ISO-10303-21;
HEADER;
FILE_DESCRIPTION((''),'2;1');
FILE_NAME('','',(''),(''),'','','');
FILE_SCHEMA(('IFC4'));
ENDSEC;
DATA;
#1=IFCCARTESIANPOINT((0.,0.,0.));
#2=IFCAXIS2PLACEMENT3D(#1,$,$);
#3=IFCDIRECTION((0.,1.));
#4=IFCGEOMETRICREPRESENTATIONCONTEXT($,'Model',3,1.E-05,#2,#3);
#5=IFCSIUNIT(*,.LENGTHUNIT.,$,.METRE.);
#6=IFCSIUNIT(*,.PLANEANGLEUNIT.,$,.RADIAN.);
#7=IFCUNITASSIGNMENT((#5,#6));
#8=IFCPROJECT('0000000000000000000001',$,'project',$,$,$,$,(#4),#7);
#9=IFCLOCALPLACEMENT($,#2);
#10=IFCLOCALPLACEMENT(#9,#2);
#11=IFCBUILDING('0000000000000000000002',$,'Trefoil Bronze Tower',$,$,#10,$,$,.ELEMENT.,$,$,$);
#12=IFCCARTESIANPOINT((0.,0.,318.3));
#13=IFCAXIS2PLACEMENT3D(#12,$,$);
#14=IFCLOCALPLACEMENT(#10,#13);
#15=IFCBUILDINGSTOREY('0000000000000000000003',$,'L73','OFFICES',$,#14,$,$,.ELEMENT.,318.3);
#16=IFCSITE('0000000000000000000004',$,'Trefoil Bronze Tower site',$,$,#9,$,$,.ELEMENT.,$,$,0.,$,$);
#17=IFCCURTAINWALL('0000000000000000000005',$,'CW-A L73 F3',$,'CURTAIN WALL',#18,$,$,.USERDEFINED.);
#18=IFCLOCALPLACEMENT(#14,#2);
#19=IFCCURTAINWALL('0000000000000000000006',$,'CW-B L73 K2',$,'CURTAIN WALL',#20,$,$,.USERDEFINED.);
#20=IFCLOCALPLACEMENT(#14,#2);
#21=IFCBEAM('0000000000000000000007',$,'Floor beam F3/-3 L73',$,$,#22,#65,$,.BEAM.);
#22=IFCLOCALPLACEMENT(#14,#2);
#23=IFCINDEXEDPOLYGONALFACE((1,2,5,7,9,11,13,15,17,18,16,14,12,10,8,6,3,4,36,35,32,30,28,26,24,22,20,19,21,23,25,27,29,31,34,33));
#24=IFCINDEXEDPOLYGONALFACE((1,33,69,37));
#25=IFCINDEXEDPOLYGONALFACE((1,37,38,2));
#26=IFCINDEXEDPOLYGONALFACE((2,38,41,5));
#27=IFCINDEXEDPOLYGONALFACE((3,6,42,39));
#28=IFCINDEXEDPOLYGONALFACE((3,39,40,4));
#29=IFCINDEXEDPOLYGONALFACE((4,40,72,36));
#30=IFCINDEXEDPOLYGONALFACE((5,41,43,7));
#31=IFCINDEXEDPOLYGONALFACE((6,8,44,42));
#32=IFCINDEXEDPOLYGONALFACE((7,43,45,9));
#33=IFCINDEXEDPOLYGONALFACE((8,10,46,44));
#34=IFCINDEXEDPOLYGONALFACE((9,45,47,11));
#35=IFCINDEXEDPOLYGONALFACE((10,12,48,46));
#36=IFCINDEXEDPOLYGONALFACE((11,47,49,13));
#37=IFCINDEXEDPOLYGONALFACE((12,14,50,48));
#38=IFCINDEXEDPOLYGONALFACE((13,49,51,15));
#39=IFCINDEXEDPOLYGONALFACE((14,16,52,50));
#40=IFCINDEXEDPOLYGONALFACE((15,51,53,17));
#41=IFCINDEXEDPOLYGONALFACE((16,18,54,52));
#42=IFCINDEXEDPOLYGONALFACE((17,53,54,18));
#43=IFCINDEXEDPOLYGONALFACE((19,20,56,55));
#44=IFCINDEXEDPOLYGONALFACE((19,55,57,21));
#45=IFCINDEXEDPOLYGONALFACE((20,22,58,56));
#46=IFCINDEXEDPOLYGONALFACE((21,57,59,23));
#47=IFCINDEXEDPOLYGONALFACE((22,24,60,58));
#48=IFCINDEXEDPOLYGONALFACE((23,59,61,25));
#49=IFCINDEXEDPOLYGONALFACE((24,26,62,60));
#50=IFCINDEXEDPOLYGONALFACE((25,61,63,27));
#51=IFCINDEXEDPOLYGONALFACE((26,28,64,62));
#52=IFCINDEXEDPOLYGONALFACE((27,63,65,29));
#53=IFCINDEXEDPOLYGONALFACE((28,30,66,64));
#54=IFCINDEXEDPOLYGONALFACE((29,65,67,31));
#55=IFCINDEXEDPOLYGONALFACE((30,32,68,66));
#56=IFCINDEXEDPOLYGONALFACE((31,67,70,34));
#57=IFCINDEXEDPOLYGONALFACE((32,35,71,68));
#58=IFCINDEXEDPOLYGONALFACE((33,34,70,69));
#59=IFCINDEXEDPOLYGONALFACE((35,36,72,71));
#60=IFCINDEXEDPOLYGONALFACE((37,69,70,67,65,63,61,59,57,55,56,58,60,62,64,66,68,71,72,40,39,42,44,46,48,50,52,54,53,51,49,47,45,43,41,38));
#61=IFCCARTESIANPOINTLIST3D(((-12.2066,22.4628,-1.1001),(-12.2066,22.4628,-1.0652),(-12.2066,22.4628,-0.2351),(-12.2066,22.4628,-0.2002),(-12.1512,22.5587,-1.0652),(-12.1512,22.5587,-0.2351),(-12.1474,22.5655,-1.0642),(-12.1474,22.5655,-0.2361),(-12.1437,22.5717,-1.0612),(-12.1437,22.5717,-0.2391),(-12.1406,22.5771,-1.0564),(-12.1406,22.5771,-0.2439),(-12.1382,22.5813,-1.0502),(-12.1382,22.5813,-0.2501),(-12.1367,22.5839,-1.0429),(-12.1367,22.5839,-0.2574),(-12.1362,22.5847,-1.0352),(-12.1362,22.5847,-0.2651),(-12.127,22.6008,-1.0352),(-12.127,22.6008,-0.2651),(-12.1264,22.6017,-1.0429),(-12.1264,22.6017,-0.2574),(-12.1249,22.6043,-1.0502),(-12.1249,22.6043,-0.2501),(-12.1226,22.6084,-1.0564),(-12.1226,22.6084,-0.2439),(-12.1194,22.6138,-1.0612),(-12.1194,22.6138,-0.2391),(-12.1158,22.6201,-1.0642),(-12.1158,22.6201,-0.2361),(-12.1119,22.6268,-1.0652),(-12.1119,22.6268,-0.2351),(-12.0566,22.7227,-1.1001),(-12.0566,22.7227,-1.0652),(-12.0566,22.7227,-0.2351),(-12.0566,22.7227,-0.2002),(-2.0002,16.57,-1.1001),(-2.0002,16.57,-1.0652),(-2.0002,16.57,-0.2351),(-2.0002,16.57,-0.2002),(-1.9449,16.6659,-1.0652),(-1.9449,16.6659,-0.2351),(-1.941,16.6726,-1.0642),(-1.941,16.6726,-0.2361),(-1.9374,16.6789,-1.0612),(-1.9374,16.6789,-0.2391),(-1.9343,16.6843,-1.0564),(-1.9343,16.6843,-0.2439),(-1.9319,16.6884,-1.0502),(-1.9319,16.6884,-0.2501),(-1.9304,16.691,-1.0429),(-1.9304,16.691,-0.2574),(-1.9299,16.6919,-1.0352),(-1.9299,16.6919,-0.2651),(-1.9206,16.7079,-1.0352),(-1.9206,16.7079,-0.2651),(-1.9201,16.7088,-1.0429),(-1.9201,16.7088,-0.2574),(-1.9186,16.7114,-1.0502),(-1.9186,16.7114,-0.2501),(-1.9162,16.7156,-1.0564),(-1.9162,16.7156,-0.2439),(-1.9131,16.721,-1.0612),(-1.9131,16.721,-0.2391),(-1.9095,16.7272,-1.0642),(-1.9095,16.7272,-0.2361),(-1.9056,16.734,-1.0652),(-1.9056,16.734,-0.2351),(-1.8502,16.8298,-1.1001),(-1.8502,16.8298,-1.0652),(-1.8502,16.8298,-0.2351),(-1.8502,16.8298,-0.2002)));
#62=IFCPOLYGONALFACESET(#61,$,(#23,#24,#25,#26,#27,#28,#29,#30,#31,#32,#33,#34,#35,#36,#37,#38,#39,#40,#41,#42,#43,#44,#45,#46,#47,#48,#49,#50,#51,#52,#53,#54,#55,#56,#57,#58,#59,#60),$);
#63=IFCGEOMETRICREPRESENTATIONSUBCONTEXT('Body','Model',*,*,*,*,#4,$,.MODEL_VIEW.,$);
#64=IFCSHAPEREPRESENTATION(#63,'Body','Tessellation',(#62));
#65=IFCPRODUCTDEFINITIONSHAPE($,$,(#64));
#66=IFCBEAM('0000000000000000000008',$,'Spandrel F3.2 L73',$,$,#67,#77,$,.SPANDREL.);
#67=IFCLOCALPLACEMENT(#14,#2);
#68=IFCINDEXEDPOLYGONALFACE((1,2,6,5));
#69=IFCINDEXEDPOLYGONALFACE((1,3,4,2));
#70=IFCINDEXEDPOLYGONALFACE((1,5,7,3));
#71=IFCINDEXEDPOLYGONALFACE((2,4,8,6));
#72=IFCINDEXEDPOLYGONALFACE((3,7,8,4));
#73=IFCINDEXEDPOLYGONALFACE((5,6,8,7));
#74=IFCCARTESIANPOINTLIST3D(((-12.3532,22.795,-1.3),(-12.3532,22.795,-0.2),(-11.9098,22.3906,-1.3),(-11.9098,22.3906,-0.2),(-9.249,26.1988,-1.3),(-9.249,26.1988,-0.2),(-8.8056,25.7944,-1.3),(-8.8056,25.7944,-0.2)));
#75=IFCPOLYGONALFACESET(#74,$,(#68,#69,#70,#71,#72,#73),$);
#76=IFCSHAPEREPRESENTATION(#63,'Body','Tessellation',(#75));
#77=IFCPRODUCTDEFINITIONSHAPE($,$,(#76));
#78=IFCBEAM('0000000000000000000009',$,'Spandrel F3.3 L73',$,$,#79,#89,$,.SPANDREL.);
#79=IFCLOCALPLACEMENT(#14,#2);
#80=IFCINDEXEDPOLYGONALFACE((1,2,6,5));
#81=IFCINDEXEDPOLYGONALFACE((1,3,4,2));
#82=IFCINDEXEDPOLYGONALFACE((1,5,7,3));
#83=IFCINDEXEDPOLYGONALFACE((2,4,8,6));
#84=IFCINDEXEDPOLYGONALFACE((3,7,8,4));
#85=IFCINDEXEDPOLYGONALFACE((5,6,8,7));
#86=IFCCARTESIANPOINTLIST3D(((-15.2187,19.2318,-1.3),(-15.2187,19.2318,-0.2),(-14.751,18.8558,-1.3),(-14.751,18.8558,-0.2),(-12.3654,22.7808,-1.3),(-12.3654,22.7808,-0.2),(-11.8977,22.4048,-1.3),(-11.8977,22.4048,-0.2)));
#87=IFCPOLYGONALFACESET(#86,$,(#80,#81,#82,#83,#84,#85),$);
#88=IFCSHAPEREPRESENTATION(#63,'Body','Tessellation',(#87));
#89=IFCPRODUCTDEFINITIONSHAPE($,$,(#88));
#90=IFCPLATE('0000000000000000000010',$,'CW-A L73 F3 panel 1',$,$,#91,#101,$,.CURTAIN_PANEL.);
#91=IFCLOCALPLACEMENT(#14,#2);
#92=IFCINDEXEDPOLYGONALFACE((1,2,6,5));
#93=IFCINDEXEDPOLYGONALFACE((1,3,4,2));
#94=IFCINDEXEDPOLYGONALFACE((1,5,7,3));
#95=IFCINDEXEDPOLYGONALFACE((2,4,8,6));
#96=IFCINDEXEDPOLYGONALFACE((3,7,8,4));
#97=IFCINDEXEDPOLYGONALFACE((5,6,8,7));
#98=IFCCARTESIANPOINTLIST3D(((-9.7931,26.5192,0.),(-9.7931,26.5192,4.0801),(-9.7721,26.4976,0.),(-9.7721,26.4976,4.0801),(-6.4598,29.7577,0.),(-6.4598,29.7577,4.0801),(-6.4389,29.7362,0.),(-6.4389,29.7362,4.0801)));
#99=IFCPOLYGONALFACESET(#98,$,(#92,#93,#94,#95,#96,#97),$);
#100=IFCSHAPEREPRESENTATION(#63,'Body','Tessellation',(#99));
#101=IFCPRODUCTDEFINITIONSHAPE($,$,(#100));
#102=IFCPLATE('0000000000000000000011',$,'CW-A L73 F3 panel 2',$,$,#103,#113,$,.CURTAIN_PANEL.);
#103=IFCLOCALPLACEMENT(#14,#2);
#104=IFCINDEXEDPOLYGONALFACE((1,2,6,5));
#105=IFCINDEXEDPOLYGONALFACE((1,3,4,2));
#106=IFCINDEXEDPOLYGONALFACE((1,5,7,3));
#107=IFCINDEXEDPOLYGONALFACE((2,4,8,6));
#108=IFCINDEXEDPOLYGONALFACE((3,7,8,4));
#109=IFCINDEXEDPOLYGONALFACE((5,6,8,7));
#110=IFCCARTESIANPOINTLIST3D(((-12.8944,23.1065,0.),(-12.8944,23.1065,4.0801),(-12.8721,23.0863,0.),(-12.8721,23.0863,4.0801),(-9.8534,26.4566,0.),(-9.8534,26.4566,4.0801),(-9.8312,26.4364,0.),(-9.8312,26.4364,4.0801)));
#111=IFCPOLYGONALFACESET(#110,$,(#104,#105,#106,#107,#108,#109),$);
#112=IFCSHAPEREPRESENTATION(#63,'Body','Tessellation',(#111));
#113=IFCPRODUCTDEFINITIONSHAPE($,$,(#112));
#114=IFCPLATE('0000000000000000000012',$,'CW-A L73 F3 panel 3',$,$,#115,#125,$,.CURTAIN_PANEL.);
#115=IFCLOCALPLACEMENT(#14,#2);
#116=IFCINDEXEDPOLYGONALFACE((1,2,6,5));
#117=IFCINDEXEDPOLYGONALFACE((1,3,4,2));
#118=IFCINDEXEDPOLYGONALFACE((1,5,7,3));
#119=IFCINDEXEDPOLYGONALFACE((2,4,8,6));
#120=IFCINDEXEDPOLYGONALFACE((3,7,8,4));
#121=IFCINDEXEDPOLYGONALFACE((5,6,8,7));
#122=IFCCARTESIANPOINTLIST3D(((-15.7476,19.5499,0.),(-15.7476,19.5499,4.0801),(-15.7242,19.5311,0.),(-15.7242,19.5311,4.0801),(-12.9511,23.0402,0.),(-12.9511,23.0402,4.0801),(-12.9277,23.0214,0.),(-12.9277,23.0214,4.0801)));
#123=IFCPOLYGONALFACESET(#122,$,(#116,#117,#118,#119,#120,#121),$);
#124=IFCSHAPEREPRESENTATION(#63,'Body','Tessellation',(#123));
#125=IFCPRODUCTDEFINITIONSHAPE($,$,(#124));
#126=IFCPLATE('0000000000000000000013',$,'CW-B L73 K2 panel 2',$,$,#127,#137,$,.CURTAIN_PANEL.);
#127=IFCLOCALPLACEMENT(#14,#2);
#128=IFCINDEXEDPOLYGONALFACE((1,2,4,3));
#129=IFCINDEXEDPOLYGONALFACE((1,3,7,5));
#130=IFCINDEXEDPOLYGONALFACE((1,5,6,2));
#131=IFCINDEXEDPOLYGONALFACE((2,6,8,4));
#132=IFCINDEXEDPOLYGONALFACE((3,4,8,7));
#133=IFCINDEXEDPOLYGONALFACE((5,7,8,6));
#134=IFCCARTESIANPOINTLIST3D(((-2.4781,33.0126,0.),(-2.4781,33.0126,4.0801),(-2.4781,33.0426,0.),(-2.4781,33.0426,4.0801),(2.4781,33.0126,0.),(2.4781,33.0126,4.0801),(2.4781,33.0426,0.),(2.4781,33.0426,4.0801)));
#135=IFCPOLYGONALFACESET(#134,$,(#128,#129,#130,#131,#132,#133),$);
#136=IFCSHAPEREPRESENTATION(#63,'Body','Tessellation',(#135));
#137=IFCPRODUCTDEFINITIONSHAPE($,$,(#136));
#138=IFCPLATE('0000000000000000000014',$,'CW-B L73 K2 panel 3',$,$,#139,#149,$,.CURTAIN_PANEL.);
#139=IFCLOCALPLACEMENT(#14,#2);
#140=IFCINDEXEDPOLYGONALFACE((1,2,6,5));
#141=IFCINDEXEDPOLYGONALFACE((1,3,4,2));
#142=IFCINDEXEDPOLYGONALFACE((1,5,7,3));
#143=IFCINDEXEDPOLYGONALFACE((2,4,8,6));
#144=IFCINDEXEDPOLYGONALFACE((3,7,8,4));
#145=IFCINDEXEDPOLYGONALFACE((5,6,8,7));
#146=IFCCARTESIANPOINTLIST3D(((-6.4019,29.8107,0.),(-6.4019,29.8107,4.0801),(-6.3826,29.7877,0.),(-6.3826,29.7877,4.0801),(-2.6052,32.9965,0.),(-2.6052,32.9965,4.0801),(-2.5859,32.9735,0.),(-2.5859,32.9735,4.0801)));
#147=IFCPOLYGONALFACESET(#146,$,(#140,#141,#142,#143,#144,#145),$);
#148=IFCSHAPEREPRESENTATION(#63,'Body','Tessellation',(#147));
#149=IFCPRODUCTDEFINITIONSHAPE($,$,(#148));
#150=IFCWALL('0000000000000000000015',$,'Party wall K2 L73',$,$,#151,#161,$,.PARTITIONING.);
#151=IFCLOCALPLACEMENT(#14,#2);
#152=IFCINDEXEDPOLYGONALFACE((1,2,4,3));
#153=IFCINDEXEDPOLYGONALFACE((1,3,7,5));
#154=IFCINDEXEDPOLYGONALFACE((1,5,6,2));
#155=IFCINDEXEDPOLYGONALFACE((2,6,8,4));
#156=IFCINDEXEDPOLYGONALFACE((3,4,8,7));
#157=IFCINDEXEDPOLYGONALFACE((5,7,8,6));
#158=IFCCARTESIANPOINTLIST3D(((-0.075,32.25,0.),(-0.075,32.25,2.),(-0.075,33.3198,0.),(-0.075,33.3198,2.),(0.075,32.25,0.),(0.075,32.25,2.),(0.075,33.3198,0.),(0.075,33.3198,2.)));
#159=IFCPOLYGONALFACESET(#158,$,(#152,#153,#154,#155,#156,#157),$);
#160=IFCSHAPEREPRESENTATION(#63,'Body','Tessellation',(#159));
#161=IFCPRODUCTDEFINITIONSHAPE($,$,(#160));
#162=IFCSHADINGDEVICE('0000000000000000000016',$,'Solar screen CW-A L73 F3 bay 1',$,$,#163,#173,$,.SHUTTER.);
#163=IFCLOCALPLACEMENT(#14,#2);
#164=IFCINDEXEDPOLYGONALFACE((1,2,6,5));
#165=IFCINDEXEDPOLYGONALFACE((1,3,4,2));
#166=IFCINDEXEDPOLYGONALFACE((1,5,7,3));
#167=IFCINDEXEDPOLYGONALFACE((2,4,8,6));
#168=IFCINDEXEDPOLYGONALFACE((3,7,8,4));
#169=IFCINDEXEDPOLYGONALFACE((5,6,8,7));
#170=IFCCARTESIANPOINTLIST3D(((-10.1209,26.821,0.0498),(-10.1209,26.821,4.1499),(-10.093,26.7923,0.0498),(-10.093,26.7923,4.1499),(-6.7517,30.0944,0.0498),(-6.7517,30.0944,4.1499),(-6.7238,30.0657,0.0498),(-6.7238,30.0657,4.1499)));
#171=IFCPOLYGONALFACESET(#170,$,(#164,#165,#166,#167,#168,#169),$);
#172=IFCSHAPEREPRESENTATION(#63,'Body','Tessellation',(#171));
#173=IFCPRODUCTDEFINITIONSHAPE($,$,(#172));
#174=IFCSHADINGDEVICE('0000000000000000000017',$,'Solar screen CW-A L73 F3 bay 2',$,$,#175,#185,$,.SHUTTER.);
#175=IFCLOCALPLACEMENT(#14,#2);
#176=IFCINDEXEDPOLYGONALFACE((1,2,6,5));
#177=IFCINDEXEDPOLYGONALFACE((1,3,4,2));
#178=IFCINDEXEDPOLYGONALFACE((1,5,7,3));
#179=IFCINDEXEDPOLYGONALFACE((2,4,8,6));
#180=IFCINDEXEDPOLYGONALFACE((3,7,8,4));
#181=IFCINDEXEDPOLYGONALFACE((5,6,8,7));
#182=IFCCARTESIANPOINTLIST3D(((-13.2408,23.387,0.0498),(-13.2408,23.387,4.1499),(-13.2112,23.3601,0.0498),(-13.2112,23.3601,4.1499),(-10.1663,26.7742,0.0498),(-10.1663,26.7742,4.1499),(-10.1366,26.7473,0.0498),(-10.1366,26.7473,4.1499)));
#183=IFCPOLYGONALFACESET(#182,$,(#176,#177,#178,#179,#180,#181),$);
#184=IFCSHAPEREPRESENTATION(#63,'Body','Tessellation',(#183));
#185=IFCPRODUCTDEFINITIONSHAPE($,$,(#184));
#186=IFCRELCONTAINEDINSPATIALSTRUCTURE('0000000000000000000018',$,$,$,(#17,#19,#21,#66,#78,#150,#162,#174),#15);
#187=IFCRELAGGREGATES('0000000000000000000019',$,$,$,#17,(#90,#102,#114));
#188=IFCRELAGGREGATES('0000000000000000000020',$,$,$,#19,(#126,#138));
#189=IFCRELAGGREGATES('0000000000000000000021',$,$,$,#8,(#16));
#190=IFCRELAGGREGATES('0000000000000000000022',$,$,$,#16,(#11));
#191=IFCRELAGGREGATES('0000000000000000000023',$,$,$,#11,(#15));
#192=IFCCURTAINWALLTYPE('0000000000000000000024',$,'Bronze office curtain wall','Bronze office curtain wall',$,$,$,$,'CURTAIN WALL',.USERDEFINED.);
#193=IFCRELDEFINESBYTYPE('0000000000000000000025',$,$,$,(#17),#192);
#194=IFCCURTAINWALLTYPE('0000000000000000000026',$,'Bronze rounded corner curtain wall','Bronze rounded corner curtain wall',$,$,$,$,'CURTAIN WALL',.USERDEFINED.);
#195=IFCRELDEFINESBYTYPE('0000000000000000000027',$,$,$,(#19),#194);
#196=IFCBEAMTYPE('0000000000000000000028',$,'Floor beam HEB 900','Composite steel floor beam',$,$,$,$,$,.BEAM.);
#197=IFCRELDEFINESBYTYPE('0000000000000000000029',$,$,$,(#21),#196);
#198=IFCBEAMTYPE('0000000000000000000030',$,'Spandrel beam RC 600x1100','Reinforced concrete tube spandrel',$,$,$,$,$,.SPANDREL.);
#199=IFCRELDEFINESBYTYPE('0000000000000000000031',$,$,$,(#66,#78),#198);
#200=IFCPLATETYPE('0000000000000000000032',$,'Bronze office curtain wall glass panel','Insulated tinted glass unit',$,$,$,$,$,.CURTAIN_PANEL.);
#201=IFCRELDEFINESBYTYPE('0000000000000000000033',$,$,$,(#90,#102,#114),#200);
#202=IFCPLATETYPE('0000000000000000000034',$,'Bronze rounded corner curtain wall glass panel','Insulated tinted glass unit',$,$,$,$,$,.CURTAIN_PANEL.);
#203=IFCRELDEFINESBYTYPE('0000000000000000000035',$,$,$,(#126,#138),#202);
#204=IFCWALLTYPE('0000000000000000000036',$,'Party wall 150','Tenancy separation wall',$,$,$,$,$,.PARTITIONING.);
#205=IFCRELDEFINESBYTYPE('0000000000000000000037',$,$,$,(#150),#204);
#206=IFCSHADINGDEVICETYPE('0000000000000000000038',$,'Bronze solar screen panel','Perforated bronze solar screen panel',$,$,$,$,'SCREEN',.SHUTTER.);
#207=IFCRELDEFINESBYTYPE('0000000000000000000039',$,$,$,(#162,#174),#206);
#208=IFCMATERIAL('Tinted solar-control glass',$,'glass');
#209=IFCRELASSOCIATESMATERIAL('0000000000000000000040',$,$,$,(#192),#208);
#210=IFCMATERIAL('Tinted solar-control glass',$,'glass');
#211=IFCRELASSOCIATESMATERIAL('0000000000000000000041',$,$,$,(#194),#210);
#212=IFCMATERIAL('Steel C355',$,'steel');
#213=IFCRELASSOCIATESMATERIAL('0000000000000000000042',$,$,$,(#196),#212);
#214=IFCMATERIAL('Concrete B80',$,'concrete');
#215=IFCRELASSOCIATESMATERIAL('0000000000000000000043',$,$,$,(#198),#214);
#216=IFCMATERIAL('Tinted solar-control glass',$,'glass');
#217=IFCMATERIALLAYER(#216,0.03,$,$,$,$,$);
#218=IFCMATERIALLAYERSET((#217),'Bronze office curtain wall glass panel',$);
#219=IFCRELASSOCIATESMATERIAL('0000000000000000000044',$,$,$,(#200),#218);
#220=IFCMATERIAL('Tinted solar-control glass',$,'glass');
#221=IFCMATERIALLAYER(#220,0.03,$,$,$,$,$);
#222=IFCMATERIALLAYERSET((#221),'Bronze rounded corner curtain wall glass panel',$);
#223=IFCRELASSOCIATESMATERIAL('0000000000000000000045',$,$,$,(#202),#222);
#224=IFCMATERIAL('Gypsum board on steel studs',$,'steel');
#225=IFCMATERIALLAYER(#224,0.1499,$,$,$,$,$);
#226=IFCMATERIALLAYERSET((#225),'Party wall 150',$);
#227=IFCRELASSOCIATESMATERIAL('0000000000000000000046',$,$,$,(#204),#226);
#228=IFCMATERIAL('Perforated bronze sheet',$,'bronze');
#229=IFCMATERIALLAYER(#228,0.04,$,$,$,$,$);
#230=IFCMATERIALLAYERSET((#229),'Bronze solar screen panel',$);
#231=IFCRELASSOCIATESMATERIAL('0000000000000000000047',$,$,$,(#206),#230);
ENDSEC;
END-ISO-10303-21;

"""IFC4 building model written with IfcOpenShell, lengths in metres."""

from ifc_helpers import new_model, si_unit, direction, frame, frame_2d, origin, origin_2d, place, context, subcontext, project, spatial, rectangle, i_section, extrude, material, layer, layer_set, material_profile, profile_set, type_object, element, aggregate, save


model = new_model("IFC4")

# Units and contexts
model_context = context("Model", 3, precision=1e-05, world=origin(), true_north=direction((0.0, 1.0)))
body_context = subcontext(model_context, "Body", "Model", "MODEL_VIEW")
ifc_project = project(units=[si_unit("LENGTHUNIT", "METRE"), si_unit("PLANEANGLEUNIT", "RADIAN")], contexts=[model_context])

# Site, building, storey
site_placement = place(None, origin())
site = spatial("IfcSite", under=ifc_project, at=site_placement, Name="Trefoil Bronze Tower site", CompositionType="ELEMENT", RefElevation=0.0)
building_placement = place(site_placement, origin())
building = spatial("IfcBuilding", under=site, at=building_placement, Name="Trefoil Bronze Tower", CompositionType="ELEMENT")
storey_placement = place(building_placement, frame((0.0, 0.0, 318.3)))
storey = spatial("IfcBuildingStorey", under=building, at=storey_placement, Name="L73", Description="OFFICES", CompositionType="ELEMENT", Elevation=318.3)

# Curtain walls
ifc_material_1 = material(Name="Tinted solar-control glass", Category="glass")
curtain_wall_type_1 = type_object("IfcCurtainWallType", Name="Bronze office curtain wall", Description="Bronze office curtain wall", ElementType="CURTAIN WALL", PredefinedType="USERDEFINED", material=ifc_material_1)
curtain_wall_1_placement = place(storey_placement, origin())
curtain_wall_1 = element("IfcCurtainWall", 1, at=curtain_wall_1_placement, inside=storey, type_object=curtain_wall_type_1, Name="CW-A L73 F3", ObjectType="CURTAIN WALL", PredefinedType="USERDEFINED")
ifc_material_2 = material(Name="Tinted solar-control glass", Category="glass")
curtain_wall_type_2 = type_object("IfcCurtainWallType", Name="Bronze rounded corner curtain wall", Description="Bronze rounded corner curtain wall", ElementType="CURTAIN WALL", PredefinedType="USERDEFINED", material=ifc_material_2)
curtain_wall_2_placement = place(storey_placement, origin())
curtain_wall_2 = element("IfcCurtainWall", 2, at=curtain_wall_2_placement, inside=storey, type_object=curtain_wall_type_2, Name="CW-B L73 K2", ObjectType="CURTAIN WALL", PredefinedType="USERDEFINED")

# Beams
ifc_material_3 = material(Name="Steel C355", Category="steel")
ifc_material_profile_1 = material_profile(ifc_material_3, i_section(OverallWidth=0.3, OverallDepth=0.8999, WebThickness=0.0186, FlangeThickness=0.0349, FilletRadius=0.03, at=origin_2d()), Name="HEB 900")
ifc_profile_set_1 = profile_set([ifc_material_profile_1], Name="Steel C355")
beam_type_1 = type_object("IfcBeamType", Name="Floor beam HEB 900", Description="Composite steel floor beam", PredefinedType="BEAM", material=ifc_profile_set_1)
beam_1_placement = place(storey_placement, frame((-12.1316, 22.5928, -0.6501), z_axis=(0.866018, -0.500014, 0.0), x_axis=(0.500014, 0.866018, 0.0)))
element("IfcBeam", 3, at=beam_1_placement, inside=storey, type_object=beam_type_1, Name="Floor beam F3/-3 L73", PredefinedType="BEAM", context=body_context, shape_type="SweptSolid", body=[
    extrude(i_section(OverallWidth=0.3, OverallDepth=0.8999, WebThickness=0.0186, FlangeThickness=0.0349, FilletRadius=0.03, at=origin_2d()), origin(), (0.0, 0.0, 1.0), 11.7854),
])
ifc_material_4 = material(Name="Concrete B80", Category="concrete")
ifc_material_profile_2 = material_profile(ifc_material_4, rectangle(XDim=0.6001, YDim=1.1001, at=origin_2d()), Name="RC 600x1100")
ifc_profile_set_2 = profile_set([ifc_material_profile_2], Name="Concrete B80")
beam_type_2 = type_object("IfcBeamType", Name="Spandrel beam RC 600x1100", Description="Reinforced concrete tube spandrel", PredefinedType="SPANDREL", material=ifc_profile_set_2)
beam_2_placement = place(storey_placement, frame((-9.0273, 25.9966, -0.75), z_axis=(-0.673846, -0.738872, 0.0), x_axis=(0.738872, -0.673846, 0.0)))
element("IfcBeam", 4, at=beam_2_placement, inside=storey, type_object=beam_type_2, Name="Spandrel F3.2 L73", PredefinedType="SPANDREL", context=body_context, shape_type="SweptSolid", body=[
    extrude(rectangle(XDim=0.6001, YDim=1.1001, at=origin_2d()), origin(), (0.0, 0.0, 1.0), 4.6067),
])
beam_3_placement = place(storey_placement, frame((-12.1316, 22.5928, -0.75), z_axis=(-0.62657, -0.779365, 0.0), x_axis=(0.779365, -0.62657, 0.0)))
element("IfcBeam", 5, at=beam_3_placement, inside=storey, type_object=beam_type_2, Name="Spandrel F3.3 L73", PredefinedType="SPANDREL", context=body_context, shape_type="SweptSolid", body=[
    extrude(rectangle(XDim=0.6001, YDim=1.1001, at=origin_2d()), origin(), (0.0, 0.0, 1.0), 4.5537),
])

# Plates
ifc_material_5 = material(Name="Tinted solar-control glass", Category="glass")
ifc_layer_1 = layer(ifc_material_5, 0.03)
ifc_layer_set_1 = layer_set([ifc_layer_1], Name="Bronze office curtain wall glass panel")
plate_type_1 = type_object("IfcPlateType", Name="Bronze office curtain wall glass panel", Description="Insulated tinted glass unit", PredefinedType="CURTAIN_PANEL", material=ifc_layer_set_1)
plate_1_placement = place(storey_placement, frame((-8.116, 28.1277, 0.0), z_axis=(0.0, 0.0, 1.0), x_axis=(-0.717218, -0.696849, 0.0)))
plate_1 = element("IfcPlate", 6, at=plate_1_placement, type_object=plate_type_1, Name="CW-A L73 F3 panel 1", PredefinedType="CURTAIN_PANEL", context=body_context, shape_type="SweptSolid", body=[
    extrude(rectangle(XDim=4.6475, YDim=0.03, at=origin_2d()), origin(), (0.0, 0.0, 1.0), 4.0801),
])
plate_2_placement = place(storey_placement, frame((-11.3628, 24.7715, 0.0), z_axis=(0.0, 0.0, 1.0), x_axis=(-0.672115, -0.740447, 0.0)))
plate_2 = element("IfcPlate", 7, at=plate_2_placement, type_object=plate_type_1, Name="CW-A L73 F3 panel 2", PredefinedType="CURTAIN_PANEL", context=body_context, shape_type="SweptSolid", body=[
    extrude(rectangle(XDim=4.5244, YDim=0.03, at=origin_2d()), origin(), (0.0, 0.0, 1.0), 4.0801),
])
plate_3_placement = place(storey_placement, frame((-14.3376, 21.2856, 0.0), z_axis=(0.0, 0.0, 1.0), x_axis=(-0.625287, -0.780395, 0.0)))
plate_3 = element("IfcPlate", 8, at=plate_3_placement, type_object=plate_type_1, Name="CW-A L73 F3 panel 3", PredefinedType="CURTAIN_PANEL", context=body_context, shape_type="SweptSolid", body=[
    extrude(rectangle(XDim=4.4724, YDim=0.03, at=origin_2d()), origin(), (0.0, 0.0, 1.0), 4.0801),
])
aggregate(curtain_wall_1, [plate_1, plate_2, plate_3])
ifc_material_6 = material(Name="Tinted solar-control glass", Category="glass")
ifc_layer_2 = layer(ifc_material_6, 0.03)
ifc_layer_set_2 = layer_set([ifc_layer_2], Name="Bronze rounded corner curtain wall glass panel")
plate_type_2 = type_object("IfcPlateType", Name="Bronze rounded corner curtain wall glass panel", Description="Insulated tinted glass unit", PredefinedType="CURTAIN_PANEL", material=ifc_layer_set_2)
plate_4_placement = place(storey_placement, frame((0.0, 33.0276, 0.0), z_axis=(0.0, 0.0, 1.0), x_axis=(-1.0, 0.0, 0.0)))
plate_4 = element("IfcPlate", 9, at=plate_4_placement, type_object=plate_type_2, Name="CW-B L73 K2 panel 2", PredefinedType="CURTAIN_PANEL", context=body_context, shape_type="SweptSolid", body=[
    extrude(rectangle(XDim=4.9563, YDim=0.03, at=origin_2d()), origin(), (0.0, 0.0, 1.0), 4.0801),
])
plate_5_placement = place(storey_placement, frame((-4.4939, 31.3921, 0.0), z_axis=(0.0, 0.0, 1.0), x_axis=(-0.766044, -0.642788, 0.0)))
plate_5 = element("IfcPlate", 10, at=plate_5_placement, type_object=plate_type_2, Name="CW-B L73 K2 panel 3", PredefinedType="CURTAIN_PANEL", context=body_context, shape_type="SweptSolid", body=[
    extrude(rectangle(XDim=4.9563, YDim=0.03, at=origin_2d()), origin(), (0.0, 0.0, 1.0), 4.0801),
])
aggregate(curtain_wall_2, [plate_4, plate_5])

# Wall
ifc_material_7 = material(Name="Gypsum board on steel studs", Category="steel")
ifc_layer_3 = layer(ifc_material_7, 0.1499)
ifc_layer_set_3 = layer_set([ifc_layer_3], Name="Party wall 150")
wall_type = type_object("IfcWallType", Name="Party wall 150", Description="Tenancy separation wall", PredefinedType="PARTITIONING", material=ifc_layer_set_3)
wall_placement = place(storey_placement, frame((0.0, 32.25, 0.0), z_axis=(0.0, 0.0, 1.0), x_axis=(0.0, 1.0, 0.0)))
element("IfcWall", 11, at=wall_placement, inside=storey, type_object=wall_type, Name="Party wall K2 L73", PredefinedType="PARTITIONING", context=body_context, shape_type="SweptSolid", body=[
    extrude(rectangle(XDim=1.0698, YDim=0.1499, at=frame_2d((0.5349, 0.0))), origin(), (0.0, 0.0, 1.0), 2.0),
])

# Shading devices
ifc_material_8 = material(Name="Perforated bronze sheet", Category="bronze")
ifc_layer_4 = layer(ifc_material_8, 0.04)
ifc_layer_set_4 = layer_set([ifc_layer_4], Name="Bronze solar screen panel")
shading_device_type = type_object("IfcShadingDeviceType", Name="Bronze solar screen panel", Description="Perforated bronze solar screen panel", ElementType="SCREEN", PredefinedType="SHUTTER", material=ifc_layer_set_4)
shading_device_1_placement = place(storey_placement, frame((-8.4224, 28.4434, 0.0498), z_axis=(0.0, 0.0, 1.0), x_axis=(-0.717218, -0.696849, 0.0)))
element("IfcShadingDevice", 12, at=shading_device_1_placement, inside=storey, type_object=shading_device_type, Name="Solar screen CW-A L73 F3 bay 1", PredefinedType="SHUTTER", context=body_context, shape_type="SweptSolid", body=[
    extrude(rectangle(XDim=4.6975, YDim=0.04, at=origin_2d()), origin(), (0.0, 0.0, 1.0), 4.1001),
])
shading_device_2_placement = place(storey_placement, frame((-11.6887, 25.0671, 0.0498), z_axis=(0.0, 0.0, 1.0), x_axis=(-0.672115, -0.740447, 0.0)))
element("IfcShadingDevice", 13, at=shading_device_2_placement, inside=storey, type_object=shading_device_type, Name="Solar screen CW-A L73 F3 bay 2", PredefinedType="SHUTTER", context=body_context, shape_type="SweptSolid", body=[
    extrude(rectangle(XDim=4.5745, YDim=0.04, at=origin_2d()), origin(), (0.0, 0.0, 1.0), 4.1001),
])

save(model, "model.ifc")
